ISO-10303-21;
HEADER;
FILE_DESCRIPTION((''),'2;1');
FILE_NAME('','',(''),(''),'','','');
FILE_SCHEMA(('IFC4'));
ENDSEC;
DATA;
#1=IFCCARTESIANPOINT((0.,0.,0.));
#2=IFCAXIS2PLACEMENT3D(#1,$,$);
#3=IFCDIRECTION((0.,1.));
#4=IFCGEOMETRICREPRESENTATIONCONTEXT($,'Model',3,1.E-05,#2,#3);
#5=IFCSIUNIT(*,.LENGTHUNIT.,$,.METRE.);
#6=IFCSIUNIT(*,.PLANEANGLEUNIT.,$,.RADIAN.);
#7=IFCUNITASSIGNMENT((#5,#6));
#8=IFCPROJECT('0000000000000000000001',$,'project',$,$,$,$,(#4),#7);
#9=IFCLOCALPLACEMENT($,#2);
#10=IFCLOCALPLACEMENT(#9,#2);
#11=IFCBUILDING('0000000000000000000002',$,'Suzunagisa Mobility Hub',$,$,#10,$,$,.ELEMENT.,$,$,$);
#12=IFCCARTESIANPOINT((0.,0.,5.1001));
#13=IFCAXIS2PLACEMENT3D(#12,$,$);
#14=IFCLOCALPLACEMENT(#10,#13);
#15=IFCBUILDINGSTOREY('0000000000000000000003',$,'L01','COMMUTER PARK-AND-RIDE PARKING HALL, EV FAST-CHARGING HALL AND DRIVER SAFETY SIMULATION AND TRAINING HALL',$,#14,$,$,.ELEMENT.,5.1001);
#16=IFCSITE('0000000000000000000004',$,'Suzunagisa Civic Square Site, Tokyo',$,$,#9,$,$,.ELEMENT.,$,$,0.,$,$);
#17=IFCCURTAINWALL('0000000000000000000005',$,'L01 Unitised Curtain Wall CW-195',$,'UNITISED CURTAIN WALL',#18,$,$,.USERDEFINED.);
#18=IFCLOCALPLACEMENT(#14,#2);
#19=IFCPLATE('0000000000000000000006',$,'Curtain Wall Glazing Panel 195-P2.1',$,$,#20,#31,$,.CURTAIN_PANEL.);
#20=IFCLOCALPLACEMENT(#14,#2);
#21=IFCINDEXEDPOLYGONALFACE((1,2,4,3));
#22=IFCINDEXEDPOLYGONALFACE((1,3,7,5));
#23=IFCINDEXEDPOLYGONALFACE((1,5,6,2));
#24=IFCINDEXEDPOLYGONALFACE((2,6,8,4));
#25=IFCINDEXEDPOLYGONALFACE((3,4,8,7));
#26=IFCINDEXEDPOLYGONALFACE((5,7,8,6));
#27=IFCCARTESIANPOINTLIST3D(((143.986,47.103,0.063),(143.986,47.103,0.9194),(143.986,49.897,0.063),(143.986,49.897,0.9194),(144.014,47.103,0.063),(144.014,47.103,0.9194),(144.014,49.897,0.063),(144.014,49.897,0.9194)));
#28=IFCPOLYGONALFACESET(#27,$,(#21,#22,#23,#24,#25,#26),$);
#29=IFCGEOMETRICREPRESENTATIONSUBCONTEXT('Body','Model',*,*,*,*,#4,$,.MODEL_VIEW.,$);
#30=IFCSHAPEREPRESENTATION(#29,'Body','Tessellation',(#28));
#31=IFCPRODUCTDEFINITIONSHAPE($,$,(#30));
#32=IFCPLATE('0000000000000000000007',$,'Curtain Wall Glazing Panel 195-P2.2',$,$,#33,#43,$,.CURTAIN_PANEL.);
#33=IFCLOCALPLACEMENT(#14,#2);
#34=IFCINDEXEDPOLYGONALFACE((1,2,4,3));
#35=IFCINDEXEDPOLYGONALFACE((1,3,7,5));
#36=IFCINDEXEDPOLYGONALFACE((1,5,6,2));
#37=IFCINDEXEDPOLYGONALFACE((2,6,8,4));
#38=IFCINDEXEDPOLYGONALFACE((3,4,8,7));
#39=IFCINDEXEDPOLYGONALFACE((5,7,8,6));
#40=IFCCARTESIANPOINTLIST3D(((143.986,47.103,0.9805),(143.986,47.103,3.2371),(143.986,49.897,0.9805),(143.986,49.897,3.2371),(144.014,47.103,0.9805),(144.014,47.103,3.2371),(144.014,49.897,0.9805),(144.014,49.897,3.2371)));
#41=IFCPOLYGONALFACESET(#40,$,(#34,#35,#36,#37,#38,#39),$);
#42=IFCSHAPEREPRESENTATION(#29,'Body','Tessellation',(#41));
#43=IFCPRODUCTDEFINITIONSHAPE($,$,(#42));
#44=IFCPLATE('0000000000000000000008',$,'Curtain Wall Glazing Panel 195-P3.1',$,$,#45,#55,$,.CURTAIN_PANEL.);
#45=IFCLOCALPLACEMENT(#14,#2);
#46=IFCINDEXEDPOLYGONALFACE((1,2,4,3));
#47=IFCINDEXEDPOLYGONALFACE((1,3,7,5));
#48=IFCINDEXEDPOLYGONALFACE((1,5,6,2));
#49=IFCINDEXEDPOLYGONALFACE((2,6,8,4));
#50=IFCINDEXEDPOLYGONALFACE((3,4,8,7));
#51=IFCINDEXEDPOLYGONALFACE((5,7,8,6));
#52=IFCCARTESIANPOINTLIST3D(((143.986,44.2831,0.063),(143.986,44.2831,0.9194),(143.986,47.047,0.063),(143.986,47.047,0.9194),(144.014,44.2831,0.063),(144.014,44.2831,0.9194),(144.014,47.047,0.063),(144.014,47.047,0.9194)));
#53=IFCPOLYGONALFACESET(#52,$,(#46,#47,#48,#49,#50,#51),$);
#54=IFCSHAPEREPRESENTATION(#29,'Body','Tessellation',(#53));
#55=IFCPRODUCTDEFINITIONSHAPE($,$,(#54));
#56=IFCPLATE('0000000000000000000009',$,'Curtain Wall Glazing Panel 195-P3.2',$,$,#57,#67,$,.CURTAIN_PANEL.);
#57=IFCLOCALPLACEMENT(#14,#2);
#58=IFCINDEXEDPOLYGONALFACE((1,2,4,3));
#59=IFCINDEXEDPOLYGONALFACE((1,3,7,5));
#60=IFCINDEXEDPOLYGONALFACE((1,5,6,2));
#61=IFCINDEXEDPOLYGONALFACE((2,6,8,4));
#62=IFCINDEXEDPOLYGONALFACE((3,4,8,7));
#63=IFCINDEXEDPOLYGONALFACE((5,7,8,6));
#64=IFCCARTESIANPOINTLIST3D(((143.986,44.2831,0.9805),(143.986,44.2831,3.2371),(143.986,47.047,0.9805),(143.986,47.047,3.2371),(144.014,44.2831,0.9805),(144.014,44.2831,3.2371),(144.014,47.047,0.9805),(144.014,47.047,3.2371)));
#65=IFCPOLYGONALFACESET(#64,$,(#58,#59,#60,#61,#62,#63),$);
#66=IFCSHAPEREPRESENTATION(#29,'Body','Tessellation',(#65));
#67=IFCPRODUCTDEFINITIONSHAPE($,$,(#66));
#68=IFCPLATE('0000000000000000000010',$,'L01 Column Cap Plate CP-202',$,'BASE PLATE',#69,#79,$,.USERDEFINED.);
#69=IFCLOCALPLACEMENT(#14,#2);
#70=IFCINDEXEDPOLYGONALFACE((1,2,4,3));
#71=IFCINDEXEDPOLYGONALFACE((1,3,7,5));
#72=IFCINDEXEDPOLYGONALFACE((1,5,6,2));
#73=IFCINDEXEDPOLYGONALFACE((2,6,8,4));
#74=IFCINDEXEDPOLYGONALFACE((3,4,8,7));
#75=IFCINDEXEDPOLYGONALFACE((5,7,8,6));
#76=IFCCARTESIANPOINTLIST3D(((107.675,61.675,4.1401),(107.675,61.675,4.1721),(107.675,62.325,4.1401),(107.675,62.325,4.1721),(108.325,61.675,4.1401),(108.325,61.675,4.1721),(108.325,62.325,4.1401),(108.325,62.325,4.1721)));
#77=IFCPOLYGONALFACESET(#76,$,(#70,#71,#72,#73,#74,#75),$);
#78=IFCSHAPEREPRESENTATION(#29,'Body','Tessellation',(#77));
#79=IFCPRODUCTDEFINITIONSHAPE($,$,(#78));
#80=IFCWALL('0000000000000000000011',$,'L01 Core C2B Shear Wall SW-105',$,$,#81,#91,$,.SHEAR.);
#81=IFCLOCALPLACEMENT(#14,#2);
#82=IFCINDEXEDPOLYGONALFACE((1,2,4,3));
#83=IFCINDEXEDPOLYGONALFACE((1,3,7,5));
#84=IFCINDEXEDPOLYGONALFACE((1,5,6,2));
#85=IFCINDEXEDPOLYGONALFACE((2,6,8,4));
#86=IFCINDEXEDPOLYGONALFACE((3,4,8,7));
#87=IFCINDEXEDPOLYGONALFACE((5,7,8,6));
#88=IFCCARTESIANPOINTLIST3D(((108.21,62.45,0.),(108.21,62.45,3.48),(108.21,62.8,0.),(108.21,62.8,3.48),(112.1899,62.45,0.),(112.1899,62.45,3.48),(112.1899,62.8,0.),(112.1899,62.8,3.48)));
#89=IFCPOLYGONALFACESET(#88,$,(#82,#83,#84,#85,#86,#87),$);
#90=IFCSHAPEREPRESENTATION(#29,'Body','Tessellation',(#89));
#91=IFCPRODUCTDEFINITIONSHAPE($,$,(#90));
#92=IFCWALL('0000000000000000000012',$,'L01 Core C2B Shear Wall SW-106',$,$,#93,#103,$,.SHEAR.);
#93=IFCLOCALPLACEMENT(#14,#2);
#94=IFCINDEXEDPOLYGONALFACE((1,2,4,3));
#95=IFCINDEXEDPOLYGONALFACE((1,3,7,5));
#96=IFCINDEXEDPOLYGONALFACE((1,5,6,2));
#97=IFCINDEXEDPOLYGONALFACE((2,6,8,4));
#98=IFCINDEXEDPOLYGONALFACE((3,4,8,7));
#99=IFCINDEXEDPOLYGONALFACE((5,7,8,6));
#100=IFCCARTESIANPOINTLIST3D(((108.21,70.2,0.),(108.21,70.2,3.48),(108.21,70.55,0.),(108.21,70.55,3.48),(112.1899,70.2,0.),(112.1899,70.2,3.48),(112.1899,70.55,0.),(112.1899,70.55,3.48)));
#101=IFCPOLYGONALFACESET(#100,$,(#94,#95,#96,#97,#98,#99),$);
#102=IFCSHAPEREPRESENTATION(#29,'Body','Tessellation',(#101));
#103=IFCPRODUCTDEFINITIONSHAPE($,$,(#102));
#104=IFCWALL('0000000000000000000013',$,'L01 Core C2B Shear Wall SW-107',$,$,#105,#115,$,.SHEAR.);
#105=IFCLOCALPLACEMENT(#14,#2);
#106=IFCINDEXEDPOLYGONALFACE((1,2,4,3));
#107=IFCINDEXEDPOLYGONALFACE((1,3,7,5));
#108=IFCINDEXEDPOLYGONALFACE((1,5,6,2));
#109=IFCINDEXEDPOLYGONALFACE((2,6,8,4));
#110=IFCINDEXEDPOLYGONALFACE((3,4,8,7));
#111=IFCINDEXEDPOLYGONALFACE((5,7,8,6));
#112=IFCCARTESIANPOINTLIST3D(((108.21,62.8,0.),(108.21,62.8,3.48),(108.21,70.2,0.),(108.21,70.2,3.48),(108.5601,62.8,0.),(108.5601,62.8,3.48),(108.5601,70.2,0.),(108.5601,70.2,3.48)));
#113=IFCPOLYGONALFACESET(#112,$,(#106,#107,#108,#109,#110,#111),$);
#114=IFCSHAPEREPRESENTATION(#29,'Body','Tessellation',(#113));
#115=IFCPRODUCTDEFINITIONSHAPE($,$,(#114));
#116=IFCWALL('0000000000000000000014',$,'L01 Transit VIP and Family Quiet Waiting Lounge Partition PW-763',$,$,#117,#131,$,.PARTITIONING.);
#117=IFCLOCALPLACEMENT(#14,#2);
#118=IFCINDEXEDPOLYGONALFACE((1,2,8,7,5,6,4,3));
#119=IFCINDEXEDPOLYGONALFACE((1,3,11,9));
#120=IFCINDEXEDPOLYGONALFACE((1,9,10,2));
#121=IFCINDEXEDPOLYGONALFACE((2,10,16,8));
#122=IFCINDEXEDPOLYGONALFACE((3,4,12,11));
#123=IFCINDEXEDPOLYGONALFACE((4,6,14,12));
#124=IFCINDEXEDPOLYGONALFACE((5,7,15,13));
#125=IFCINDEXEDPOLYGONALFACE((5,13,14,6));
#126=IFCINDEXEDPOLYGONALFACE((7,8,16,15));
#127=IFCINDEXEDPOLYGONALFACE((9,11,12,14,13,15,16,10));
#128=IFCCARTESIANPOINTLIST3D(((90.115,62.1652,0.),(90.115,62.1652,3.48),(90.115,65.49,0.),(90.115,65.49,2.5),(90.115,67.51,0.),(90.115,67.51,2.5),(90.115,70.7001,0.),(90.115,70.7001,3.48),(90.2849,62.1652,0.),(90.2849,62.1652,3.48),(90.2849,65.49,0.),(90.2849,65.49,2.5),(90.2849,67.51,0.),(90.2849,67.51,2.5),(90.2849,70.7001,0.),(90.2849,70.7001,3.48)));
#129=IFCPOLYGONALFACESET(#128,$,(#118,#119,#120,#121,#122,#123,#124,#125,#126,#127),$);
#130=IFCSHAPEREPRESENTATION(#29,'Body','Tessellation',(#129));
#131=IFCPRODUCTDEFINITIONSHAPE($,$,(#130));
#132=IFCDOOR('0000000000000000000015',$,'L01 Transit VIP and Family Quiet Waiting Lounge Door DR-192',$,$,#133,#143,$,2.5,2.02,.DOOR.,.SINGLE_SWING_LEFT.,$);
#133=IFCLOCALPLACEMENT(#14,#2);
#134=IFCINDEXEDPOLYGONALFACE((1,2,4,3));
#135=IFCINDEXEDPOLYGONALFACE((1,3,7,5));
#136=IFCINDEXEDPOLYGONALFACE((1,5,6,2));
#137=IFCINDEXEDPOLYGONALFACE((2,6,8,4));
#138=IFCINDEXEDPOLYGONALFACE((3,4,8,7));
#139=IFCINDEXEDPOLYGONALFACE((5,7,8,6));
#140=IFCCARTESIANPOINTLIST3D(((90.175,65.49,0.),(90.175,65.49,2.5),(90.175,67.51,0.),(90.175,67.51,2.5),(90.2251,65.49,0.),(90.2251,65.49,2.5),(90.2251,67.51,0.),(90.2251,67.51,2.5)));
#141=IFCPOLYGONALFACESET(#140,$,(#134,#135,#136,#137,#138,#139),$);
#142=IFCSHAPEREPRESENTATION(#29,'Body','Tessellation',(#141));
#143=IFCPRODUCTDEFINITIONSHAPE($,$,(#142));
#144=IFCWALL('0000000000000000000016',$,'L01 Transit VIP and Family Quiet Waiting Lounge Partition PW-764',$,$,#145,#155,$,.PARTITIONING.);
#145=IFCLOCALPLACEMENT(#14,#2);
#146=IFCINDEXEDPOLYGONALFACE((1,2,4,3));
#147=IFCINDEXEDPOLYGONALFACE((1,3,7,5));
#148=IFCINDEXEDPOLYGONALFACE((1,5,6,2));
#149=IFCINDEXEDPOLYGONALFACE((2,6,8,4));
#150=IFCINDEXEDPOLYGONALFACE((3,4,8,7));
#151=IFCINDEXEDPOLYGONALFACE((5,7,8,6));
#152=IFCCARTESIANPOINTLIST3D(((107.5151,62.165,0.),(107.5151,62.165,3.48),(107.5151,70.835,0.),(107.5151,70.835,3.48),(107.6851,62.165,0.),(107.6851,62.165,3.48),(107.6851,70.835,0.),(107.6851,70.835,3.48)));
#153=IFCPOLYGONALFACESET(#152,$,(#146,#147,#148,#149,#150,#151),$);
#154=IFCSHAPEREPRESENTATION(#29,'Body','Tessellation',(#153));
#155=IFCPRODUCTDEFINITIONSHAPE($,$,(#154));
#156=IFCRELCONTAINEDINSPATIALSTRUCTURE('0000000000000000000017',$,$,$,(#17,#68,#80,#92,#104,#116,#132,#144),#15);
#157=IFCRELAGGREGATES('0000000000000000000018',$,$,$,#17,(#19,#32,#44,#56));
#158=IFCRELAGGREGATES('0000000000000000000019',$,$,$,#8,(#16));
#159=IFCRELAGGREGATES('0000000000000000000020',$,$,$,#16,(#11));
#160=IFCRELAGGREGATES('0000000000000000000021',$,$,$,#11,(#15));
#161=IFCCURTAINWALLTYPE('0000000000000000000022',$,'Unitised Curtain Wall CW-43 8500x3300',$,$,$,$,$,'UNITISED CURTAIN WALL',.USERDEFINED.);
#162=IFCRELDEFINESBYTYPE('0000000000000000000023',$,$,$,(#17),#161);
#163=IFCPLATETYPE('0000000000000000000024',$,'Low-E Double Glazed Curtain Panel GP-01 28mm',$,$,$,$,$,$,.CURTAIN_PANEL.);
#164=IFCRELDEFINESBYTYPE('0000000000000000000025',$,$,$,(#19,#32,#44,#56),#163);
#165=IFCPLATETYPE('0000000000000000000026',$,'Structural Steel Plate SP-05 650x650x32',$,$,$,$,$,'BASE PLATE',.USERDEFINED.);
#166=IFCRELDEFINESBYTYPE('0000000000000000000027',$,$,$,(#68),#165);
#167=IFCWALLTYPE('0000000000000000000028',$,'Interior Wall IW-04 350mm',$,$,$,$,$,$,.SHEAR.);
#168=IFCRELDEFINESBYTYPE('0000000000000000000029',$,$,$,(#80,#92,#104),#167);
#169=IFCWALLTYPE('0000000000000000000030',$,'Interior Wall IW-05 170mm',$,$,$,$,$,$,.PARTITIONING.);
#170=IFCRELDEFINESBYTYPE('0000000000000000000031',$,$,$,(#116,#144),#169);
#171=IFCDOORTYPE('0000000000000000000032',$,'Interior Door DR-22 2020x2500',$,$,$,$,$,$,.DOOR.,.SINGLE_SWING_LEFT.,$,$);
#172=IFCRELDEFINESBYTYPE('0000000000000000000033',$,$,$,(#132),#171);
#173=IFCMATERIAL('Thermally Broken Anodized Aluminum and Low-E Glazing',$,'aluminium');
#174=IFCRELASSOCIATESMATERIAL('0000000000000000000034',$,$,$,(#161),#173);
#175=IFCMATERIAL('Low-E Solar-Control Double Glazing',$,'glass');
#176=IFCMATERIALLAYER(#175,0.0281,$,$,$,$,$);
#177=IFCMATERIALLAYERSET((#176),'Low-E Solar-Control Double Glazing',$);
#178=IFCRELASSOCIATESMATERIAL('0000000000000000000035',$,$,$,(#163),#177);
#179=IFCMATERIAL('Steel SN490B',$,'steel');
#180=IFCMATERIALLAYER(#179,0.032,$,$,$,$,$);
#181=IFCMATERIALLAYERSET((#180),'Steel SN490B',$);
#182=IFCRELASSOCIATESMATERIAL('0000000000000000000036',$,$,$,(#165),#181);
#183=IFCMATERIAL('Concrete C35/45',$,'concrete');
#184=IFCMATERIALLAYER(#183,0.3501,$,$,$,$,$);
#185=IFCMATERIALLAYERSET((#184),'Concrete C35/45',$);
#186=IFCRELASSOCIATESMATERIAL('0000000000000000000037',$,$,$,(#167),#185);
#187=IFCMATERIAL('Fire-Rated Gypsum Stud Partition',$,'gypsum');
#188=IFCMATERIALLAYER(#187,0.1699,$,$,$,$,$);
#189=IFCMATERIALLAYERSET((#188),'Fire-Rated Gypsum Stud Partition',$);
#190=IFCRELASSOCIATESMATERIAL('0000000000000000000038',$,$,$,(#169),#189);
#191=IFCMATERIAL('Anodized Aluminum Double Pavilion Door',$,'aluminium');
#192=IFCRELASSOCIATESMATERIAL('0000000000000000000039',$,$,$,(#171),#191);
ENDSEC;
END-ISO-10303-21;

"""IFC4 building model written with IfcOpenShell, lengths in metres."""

from ifc_helpers import new_model, si_unit, direction, frame, frame_2d, origin, origin_2d, place, context, subcontext, project, spatial, rectangle, extrude, material, layer, layer_set, type_object, element, fill, aggregate, save


model = new_model("IFC4")

# Units and contexts
model_context = context("Model", 3, precision=1e-05, world=origin(), true_north=direction((0.0, 1.0)))
body_context = subcontext(model_context, "Body", "Model", "MODEL_VIEW")
ifc_project = project(units=[si_unit("LENGTHUNIT", "METRE"), si_unit("PLANEANGLEUNIT", "RADIAN")], contexts=[model_context])

# Site, building, storey
site_placement = place(None, origin())
site = spatial("IfcSite", under=ifc_project, at=site_placement, Name="Suzunagisa Civic Square Site, Tokyo", CompositionType="ELEMENT", RefElevation=0.0)
building_placement = place(site_placement, origin())
building = spatial("IfcBuilding", under=site, at=building_placement, Name="Suzunagisa Mobility Hub", CompositionType="ELEMENT")
storey_placement = place(building_placement, frame((0.0, 0.0, 5.1001)))
storey = spatial("IfcBuildingStorey", under=building, at=storey_placement, Name="L01", Description="COMMUTER PARK-AND-RIDE PARKING HALL, EV FAST-CHARGING HALL AND DRIVER SAFETY SIMULATION AND TRAINING HALL", CompositionType="ELEMENT", Elevation=5.1001)

# Shared definitions
ifc_material_1 = material(Name="Steel SN490B", Category="steel")

# Curtain wall
ifc_material_2 = material(Name="Thermally Broken Anodized Aluminum and Low-E Glazing", Category="aluminium")
curtain_wall_type = type_object("IfcCurtainWallType", Name="Unitised Curtain Wall CW-43 8500x3300", ElementType="UNITISED CURTAIN WALL", PredefinedType="USERDEFINED", material=ifc_material_2)
curtain_wall_placement = place(storey_placement, origin())
curtain_wall = element("IfcCurtainWall", 1, at=curtain_wall_placement, inside=storey, type_object=curtain_wall_type, Name="L01 Unitised Curtain Wall CW-195", ObjectType="UNITISED CURTAIN WALL", PredefinedType="USERDEFINED")

# Plates
ifc_material_3 = material(Name="Low-E Solar-Control Double Glazing", Category="glass")
ifc_layer_1 = layer(ifc_material_3, 0.0281)
ifc_layer_set_1 = layer_set([ifc_layer_1], Name="Low-E Solar-Control Double Glazing")
plate_type_1 = type_object("IfcPlateType", Name="Low-E Double Glazed Curtain Panel GP-01 28mm", PredefinedType="CURTAIN_PANEL", material=ifc_layer_set_1)
plate_1_placement = place(storey_placement, frame((144.0, 48.5, 0.063), z_axis=(0.0, 0.0, 1.0), x_axis=(0.0, -1.0, 0.0)))
plate_1 = element("IfcPlate", 2, at=plate_1_placement, type_object=plate_type_1, Name="Curtain Wall Glazing Panel 195-P2.1", PredefinedType="CURTAIN_PANEL", context=body_context, shape_type="SweptSolid", body=[
    extrude(rectangle(XDim=2.7939, YDim=0.0281, at=origin_2d()), origin(), (0.0, 0.0, 1.0), 0.8564),
])
plate_2_placement = place(storey_placement, frame((144.0, 48.5, 0.9805), z_axis=(0.0, 0.0, 1.0), x_axis=(0.0, -1.0, 0.0)))
plate_2 = element("IfcPlate", 3, at=plate_2_placement, type_object=plate_type_1, Name="Curtain Wall Glazing Panel 195-P2.2", PredefinedType="CURTAIN_PANEL", context=body_context, shape_type="SweptSolid", body=[
    extrude(rectangle(XDim=2.7939, YDim=0.0281, at=origin_2d()), origin(), (0.0, 0.0, 1.0), 2.2566),
])
plate_3_placement = place(storey_placement, frame((144.0, 45.665, 0.063), z_axis=(0.0, 0.0, 1.0), x_axis=(0.0, -1.0, 0.0)))
plate_3 = element("IfcPlate", 4, at=plate_3_placement, type_object=plate_type_1, Name="Curtain Wall Glazing Panel 195-P3.1", PredefinedType="CURTAIN_PANEL", context=body_context, shape_type="SweptSolid", body=[
    extrude(rectangle(XDim=2.7639, YDim=0.0281, at=origin_2d()), origin(), (0.0, 0.0, 1.0), 0.8564),
])
plate_4_placement = place(storey_placement, frame((144.0, 45.665, 0.9805), z_axis=(0.0, 0.0, 1.0), x_axis=(0.0, -1.0, 0.0)))
plate_4 = element("IfcPlate", 5, at=plate_4_placement, type_object=plate_type_1, Name="Curtain Wall Glazing Panel 195-P3.2", PredefinedType="CURTAIN_PANEL", context=body_context, shape_type="SweptSolid", body=[
    extrude(rectangle(XDim=2.7639, YDim=0.0281, at=origin_2d()), origin(), (0.0, 0.0, 1.0), 2.2566),
])
aggregate(curtain_wall, [plate_1, plate_2, plate_3, plate_4])
ifc_layer_2 = layer(ifc_material_1, 0.032)
ifc_layer_set_2 = layer_set([ifc_layer_2], Name="Steel SN490B")
plate_type_2 = type_object("IfcPlateType", Name="Structural Steel Plate SP-05 650x650x32", ElementType="BASE PLATE", PredefinedType="USERDEFINED", material=ifc_layer_set_2)
plate_5_placement = place(storey_placement, frame((108.0, 62.0, 4.1401), z_axis=(0.0, 0.0, 1.0), x_axis=(1.0, 0.0, 0.0)))
element("IfcPlate", 6, at=plate_5_placement, inside=storey, type_object=plate_type_2, Name="L01 Column Cap Plate CP-202", ObjectType="BASE PLATE", PredefinedType="USERDEFINED", context=body_context, shape_type="SweptSolid", body=[
    extrude(rectangle(XDim=0.6499, YDim=0.6499, at=origin_2d()), origin(), (0.0, 0.0, 1.0), 0.032),
])

# Walls
ifc_material_4 = material(Name="Concrete C35/45", Category="concrete")
ifc_layer_3 = layer(ifc_material_4, 0.3501)
ifc_layer_set_3 = layer_set([ifc_layer_3], Name="Concrete C35/45")
wall_type_1 = type_object("IfcWallType", Name="Interior Wall IW-04 350mm", PredefinedType="SHEAR", material=ifc_layer_set_3)
for number, where, z_axis, x_axis, name in (
    (7, (108.21, 62.625, 0.0), (0.0, 0.0, 1.0), (1.0, 0.0, 0.0), "L01 Core C2B Shear Wall SW-105"),
    (8, (108.21, 70.375, 0.0), (0.0, 0.0, 1.0), (1.0, 0.0, 0.0), "L01 Core C2B Shear Wall SW-106"),
):
    element("IfcWall", number, at=place(storey_placement, frame(where, z_axis=z_axis, x_axis=x_axis)), inside=storey, type_object=wall_type_1, Name=name, PredefinedType="SHEAR", context=body_context, shape_type="SweptSolid", body=[
        extrude(rectangle(XDim=3.98, YDim=0.3501, at=frame_2d((1.99, 0.0))), origin(), (0.0, 0.0, 1.0), 3.48),
    ])
wall_1_placement = place(storey_placement, frame((108.385, 62.8, 0.0), z_axis=(0.0, 0.0, 1.0), x_axis=(0.0, 1.0, 0.0)))
element("IfcWall", 9, at=wall_1_placement, inside=storey, type_object=wall_type_1, Name="L01 Core C2B Shear Wall SW-107", PredefinedType="SHEAR", context=body_context, shape_type="SweptSolid", body=[
    extrude(rectangle(XDim=7.3999, YDim=0.3501, at=frame_2d((3.7, 0.0))), origin(), (0.0, 0.0, 1.0), 3.48),
])

# Wall, opening, door
ifc_material_5 = material(Name="Fire-Rated Gypsum Stud Partition", Category="gypsum")
ifc_layer_4 = layer(ifc_material_5, 0.1699)
ifc_layer_set_4 = layer_set([ifc_layer_4], Name="Fire-Rated Gypsum Stud Partition")
wall_type_2 = type_object("IfcWallType", Name="Interior Wall IW-05 170mm", PredefinedType="PARTITIONING", material=ifc_layer_set_4)
wall_2_placement = place(storey_placement, frame((90.2, 62.165, 0.0), z_axis=(0.0, 0.0, 1.0), x_axis=(0.0, 1.0, 0.0)))
wall_2 = element("IfcWall", 10, at=wall_2_placement, inside=storey, type_object=wall_type_2, Name="L01 Transit VIP and Family Quiet Waiting Lounge Partition PW-763", PredefinedType="PARTITIONING", context=body_context, shape_type="SweptSolid", body=[
    extrude(rectangle(XDim=8.5349, YDim=0.1699, at=frame_2d((4.2676, 0.0))), origin(), (0.0, 0.0, 1.0), 3.48),
])
opening_1_placement = place(wall_2_placement, frame((3.325, 0.0, 0.0)))
opening_1 = element("IfcOpeningElement", 11, at=opening_1_placement, cuts=wall_2, PredefinedType="OPENING", context=body_context, shape_type="SweptSolid", body=[
    extrude(rectangle(XDim=2.02, YDim=2.5, at=frame_2d((1.01, 1.25))), frame((0.0, 0.0959, 0.0), z_axis=(0.0, -1.0, 0.0), x_axis=(1.0, 0.0, 0.0)), (0.0, 0.0, 1.0), 0.1919),
])
ifc_material_6 = material(Name="Anodized Aluminum Double Pavilion Door", Category="aluminium")
door_type_1 = type_object("IfcDoorType", Name="Interior Door DR-22 2020x2500", OperationType="SINGLE_SWING_LEFT", PredefinedType="DOOR", material=ifc_material_6)
door_1_placement = place(opening_1_placement, origin())
door_1 = element("IfcDoor", 12, at=door_1_placement, inside=storey, type_object=door_type_1, Name="L01 Transit VIP and Family Quiet Waiting Lounge Door DR-192", OperationType="SINGLE_SWING_LEFT", OverallHeight=2.5, OverallWidth=2.02, PredefinedType="DOOR", context=body_context, shape_type="SweptSolid", body=[
    extrude(rectangle(XDim=2.02, YDim=2.5, at=frame_2d((1.01, 1.25))), frame((0.0, 0.0249, 0.0), z_axis=(0.0, -1.0, 0.0), x_axis=(1.0, 0.0, 0.0)), (0.0, 0.0, 1.0), 0.05),
])
fill(opening_1, door_1)

# Wall
wall_3_placement = place(storey_placement, frame((107.6001, 62.165, 0.0), z_axis=(0.0, 0.0, 1.0), x_axis=(0.0, 1.0, 0.0)))
element("IfcWall", 13, at=wall_3_placement, inside=storey, type_object=wall_type_2, Name="L01 Transit VIP and Family Quiet Waiting Lounge Partition PW-764", PredefinedType="PARTITIONING", context=body_context, shape_type="SweptSolid", body=[
    extrude(rectangle(XDim=8.6699, YDim=0.1699, at=frame_2d((4.335, 0.0))), origin(), (0.0, 0.0, 1.0), 3.48),
])

save(model, "model.ifc")
